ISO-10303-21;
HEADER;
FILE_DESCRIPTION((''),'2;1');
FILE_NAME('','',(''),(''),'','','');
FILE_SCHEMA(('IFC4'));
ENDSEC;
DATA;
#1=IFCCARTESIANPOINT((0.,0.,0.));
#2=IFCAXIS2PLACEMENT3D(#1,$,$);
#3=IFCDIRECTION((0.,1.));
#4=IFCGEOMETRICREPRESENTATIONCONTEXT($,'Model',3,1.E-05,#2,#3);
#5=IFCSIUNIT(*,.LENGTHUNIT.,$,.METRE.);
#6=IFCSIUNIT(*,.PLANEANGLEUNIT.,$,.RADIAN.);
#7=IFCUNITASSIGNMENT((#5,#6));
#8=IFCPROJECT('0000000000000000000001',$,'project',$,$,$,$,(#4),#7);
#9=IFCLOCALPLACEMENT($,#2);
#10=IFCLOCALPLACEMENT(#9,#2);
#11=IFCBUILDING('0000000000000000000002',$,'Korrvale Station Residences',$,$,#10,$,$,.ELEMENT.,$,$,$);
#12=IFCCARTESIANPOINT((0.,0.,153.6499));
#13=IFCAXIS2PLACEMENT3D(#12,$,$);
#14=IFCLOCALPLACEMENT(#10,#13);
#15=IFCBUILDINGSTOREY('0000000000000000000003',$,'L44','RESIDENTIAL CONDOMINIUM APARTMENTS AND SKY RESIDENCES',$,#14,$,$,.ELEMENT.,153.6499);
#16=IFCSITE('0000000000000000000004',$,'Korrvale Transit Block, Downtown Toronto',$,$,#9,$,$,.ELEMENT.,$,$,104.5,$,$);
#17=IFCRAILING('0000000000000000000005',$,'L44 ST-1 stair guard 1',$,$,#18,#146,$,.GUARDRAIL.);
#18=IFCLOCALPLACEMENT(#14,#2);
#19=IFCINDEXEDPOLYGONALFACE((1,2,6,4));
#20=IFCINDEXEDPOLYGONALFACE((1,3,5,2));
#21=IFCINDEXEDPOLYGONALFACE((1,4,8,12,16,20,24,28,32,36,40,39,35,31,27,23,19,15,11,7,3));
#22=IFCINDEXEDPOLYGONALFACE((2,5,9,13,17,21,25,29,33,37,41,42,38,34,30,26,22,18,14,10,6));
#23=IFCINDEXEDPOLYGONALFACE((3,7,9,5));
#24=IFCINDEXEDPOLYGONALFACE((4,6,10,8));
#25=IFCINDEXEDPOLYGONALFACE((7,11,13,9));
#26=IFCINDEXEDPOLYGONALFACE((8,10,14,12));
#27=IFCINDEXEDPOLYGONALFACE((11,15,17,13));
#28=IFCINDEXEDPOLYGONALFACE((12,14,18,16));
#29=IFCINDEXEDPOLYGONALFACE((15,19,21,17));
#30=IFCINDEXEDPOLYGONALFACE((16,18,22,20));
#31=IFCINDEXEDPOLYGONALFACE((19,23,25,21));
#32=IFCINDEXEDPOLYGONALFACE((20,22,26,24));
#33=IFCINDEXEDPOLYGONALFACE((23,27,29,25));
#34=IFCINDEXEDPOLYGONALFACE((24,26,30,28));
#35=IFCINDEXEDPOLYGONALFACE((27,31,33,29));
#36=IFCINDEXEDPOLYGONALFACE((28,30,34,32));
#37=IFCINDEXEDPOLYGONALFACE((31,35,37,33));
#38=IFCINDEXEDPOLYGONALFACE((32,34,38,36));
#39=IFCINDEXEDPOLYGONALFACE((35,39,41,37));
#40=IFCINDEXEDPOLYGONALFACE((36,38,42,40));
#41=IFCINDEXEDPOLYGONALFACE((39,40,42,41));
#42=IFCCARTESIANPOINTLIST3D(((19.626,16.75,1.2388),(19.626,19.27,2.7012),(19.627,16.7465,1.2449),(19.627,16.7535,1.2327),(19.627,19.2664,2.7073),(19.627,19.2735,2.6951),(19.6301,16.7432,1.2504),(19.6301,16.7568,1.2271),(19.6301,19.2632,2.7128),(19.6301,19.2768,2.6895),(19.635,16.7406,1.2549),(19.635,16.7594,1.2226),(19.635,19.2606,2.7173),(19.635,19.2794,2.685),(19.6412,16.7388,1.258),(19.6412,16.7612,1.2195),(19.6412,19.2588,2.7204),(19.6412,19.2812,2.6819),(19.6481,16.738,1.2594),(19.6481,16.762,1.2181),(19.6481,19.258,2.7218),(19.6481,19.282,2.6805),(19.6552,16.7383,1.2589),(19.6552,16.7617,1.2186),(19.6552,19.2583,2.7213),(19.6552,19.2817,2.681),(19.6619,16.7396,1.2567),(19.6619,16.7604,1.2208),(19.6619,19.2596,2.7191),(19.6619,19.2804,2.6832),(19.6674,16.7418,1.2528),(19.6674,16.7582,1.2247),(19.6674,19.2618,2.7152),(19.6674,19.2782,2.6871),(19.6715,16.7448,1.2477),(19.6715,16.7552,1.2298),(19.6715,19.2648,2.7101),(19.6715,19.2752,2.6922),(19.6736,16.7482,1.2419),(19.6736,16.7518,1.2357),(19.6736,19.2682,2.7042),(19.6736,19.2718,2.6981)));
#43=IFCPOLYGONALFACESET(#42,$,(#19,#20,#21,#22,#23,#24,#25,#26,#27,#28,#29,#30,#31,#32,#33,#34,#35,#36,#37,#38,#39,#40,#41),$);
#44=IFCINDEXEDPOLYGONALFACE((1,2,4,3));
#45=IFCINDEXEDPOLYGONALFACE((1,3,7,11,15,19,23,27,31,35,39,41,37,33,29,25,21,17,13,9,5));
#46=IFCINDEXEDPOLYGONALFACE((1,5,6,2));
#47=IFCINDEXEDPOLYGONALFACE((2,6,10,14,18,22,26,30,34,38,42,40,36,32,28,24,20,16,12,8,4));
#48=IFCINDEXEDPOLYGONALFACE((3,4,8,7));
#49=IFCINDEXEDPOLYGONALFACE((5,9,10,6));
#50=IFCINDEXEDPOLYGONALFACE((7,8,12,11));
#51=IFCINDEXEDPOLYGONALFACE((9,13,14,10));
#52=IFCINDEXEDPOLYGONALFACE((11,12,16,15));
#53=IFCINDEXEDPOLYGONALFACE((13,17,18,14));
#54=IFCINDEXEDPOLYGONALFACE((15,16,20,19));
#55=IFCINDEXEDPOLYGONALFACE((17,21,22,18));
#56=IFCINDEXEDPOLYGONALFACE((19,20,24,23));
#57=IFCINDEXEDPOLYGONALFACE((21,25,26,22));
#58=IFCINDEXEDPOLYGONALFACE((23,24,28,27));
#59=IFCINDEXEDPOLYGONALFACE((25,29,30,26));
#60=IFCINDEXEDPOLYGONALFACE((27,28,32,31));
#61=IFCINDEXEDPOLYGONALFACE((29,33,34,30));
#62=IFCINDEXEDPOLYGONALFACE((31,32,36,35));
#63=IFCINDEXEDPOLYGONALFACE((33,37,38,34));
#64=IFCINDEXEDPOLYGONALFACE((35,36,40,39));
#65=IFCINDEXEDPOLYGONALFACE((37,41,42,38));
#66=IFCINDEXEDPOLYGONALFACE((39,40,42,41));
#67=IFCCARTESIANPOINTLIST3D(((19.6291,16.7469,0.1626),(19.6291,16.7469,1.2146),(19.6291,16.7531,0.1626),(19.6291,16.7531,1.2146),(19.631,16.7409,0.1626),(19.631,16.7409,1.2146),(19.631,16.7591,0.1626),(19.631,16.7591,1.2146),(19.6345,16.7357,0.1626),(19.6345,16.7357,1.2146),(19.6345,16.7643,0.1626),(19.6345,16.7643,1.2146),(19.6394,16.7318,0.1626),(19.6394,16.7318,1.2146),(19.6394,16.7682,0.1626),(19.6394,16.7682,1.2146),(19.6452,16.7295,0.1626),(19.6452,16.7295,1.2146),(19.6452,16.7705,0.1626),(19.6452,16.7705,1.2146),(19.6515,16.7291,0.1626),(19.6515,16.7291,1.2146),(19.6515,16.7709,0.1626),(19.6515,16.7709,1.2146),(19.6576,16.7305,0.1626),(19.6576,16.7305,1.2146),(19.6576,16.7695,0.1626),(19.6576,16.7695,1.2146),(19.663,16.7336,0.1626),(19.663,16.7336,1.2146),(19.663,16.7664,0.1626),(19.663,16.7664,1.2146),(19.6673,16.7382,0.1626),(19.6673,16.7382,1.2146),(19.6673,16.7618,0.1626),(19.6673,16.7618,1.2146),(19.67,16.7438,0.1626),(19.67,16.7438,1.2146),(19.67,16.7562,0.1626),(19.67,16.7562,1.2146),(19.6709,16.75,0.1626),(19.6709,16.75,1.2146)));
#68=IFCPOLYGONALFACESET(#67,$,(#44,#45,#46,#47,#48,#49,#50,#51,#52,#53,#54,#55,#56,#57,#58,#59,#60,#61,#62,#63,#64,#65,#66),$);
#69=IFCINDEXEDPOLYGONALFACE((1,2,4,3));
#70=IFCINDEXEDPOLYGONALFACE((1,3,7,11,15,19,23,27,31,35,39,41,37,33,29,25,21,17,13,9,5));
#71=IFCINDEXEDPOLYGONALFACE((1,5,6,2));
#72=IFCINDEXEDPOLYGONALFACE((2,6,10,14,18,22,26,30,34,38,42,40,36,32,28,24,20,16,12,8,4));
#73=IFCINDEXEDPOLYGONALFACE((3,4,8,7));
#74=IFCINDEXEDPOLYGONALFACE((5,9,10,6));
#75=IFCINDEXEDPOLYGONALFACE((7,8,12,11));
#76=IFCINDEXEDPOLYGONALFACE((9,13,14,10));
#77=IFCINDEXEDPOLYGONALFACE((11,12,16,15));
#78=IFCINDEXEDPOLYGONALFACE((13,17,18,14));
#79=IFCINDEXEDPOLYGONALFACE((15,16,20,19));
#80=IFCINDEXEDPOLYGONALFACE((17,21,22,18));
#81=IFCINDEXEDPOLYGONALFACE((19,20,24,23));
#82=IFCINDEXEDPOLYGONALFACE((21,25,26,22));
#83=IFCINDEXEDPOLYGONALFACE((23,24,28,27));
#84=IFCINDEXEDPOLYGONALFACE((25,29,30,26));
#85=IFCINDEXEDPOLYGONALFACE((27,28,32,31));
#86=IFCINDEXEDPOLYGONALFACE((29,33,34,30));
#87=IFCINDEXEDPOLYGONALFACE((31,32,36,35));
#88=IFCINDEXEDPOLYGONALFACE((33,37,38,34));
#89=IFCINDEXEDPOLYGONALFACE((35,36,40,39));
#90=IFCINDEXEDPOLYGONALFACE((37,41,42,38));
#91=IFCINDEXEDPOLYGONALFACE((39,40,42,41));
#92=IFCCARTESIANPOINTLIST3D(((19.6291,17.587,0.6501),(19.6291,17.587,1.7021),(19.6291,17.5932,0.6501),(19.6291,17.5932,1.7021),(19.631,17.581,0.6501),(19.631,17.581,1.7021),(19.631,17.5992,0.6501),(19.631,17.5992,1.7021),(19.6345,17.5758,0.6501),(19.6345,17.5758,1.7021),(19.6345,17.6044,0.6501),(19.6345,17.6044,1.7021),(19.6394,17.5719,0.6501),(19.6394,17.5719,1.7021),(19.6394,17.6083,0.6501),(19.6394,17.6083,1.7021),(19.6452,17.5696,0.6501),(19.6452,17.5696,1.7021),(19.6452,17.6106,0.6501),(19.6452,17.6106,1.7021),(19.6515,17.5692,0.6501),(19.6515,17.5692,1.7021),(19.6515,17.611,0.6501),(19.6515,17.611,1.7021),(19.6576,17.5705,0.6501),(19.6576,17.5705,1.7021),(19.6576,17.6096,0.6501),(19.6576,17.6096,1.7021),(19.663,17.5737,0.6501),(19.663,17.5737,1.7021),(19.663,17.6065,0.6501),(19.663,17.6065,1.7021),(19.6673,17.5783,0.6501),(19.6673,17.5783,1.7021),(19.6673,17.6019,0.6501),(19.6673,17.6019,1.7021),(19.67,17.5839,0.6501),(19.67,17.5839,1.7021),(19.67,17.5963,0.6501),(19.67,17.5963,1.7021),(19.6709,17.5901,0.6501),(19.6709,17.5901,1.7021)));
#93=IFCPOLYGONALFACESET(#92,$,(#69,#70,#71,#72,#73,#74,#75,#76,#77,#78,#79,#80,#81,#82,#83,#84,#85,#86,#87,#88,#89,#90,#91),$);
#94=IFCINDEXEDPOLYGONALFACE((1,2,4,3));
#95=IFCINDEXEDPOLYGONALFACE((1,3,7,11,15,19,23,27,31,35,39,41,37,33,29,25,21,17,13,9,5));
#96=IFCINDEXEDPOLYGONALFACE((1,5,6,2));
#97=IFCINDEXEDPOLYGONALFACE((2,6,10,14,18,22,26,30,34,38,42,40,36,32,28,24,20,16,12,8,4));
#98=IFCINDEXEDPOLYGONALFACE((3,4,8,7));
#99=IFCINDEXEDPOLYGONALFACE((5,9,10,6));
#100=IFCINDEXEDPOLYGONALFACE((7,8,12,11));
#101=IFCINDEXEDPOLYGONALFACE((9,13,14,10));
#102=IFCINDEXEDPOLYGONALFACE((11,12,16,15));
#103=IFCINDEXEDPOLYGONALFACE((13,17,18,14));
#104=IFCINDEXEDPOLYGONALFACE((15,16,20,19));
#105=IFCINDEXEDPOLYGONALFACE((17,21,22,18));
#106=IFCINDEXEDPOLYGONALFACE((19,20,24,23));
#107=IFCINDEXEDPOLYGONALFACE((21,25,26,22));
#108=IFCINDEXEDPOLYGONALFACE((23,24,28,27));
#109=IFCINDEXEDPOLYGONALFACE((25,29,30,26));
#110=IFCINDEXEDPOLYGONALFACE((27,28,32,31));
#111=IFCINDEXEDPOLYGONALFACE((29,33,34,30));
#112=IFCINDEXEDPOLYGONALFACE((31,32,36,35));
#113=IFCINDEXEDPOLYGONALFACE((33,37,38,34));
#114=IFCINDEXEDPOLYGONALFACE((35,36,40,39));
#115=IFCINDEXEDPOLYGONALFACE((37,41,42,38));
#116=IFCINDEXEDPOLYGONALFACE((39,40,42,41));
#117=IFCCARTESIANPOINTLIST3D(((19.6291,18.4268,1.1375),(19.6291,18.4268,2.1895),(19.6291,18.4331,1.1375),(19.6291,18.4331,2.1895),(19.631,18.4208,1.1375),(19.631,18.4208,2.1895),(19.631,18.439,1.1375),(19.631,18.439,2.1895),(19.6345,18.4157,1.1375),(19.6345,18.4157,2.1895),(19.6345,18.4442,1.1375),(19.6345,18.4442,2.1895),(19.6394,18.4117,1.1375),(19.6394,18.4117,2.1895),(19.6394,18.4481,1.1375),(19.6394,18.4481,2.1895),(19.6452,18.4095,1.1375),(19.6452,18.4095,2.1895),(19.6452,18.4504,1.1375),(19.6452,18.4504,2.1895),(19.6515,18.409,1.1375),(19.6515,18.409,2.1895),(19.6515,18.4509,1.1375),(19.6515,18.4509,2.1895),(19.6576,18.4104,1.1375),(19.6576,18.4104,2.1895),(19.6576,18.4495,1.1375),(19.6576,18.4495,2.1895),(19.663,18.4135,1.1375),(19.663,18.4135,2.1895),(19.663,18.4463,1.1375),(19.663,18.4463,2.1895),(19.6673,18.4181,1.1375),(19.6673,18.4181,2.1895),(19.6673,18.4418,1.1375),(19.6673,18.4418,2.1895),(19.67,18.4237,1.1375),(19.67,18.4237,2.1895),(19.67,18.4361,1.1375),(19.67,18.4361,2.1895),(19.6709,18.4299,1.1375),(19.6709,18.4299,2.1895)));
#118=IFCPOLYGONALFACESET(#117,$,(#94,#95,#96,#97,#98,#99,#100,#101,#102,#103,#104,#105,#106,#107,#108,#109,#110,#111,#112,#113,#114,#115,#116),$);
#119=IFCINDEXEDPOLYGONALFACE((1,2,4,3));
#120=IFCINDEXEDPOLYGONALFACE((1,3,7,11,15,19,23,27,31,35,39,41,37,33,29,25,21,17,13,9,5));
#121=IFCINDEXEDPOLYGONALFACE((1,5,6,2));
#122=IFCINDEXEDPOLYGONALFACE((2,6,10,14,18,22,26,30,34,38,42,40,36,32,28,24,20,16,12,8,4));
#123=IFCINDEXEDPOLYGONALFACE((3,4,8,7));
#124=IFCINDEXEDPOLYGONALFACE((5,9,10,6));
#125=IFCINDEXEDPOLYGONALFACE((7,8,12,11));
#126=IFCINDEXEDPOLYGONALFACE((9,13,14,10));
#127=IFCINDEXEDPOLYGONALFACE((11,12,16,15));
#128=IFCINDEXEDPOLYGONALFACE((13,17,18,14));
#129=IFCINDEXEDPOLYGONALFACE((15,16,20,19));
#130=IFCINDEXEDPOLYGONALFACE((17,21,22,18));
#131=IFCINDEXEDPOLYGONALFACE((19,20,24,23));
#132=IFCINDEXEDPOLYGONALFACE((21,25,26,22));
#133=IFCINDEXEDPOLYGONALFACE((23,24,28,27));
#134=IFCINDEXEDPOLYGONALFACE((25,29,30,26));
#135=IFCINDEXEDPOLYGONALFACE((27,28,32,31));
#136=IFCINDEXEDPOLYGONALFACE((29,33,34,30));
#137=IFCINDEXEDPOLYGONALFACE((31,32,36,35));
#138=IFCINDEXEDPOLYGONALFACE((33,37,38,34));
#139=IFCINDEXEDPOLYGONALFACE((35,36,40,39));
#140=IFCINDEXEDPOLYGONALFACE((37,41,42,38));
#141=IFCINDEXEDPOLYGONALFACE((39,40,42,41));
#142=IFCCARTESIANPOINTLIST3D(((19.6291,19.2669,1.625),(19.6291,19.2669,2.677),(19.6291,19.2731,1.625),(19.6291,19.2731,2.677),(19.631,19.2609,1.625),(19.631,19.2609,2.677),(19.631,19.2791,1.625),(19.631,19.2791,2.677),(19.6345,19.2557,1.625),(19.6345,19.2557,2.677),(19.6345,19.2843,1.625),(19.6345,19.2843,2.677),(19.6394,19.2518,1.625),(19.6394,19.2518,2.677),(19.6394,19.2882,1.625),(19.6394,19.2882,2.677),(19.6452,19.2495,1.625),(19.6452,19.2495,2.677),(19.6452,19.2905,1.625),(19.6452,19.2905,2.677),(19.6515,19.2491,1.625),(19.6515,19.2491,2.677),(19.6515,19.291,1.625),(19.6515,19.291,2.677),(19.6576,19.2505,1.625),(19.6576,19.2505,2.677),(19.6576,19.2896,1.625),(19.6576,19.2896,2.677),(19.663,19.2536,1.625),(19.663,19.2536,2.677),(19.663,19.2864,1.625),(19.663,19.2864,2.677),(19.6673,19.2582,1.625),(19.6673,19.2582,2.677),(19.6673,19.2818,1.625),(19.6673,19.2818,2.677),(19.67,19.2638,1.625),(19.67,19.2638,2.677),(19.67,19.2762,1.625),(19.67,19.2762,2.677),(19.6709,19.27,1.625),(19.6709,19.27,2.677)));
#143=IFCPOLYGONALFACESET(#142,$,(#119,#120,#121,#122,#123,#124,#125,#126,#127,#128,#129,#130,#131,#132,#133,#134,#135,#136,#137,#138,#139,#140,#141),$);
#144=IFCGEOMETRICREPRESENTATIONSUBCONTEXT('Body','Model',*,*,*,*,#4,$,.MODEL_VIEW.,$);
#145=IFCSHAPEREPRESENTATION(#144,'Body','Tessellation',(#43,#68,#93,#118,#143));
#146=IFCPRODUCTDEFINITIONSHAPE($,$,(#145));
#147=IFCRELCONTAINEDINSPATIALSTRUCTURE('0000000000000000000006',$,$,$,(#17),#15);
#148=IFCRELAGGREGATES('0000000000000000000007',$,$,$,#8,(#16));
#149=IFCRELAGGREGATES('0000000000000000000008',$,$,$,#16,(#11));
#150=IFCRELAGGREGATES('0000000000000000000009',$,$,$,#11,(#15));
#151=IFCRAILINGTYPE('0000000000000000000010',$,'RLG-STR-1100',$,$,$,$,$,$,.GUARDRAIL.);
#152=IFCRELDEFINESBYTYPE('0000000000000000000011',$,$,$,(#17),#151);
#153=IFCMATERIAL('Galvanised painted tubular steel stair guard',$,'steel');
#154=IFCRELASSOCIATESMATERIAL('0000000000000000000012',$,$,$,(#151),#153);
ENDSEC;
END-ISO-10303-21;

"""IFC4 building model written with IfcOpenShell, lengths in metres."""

from ifc_helpers import new_model, si_unit, direction, frame, origin, origin_2d, place, context, subcontext, project, spatial, circle, extrude, material, type_object, element, save


model = new_model("IFC4")

# Units and contexts
model_context = context("Model", 3, precision=1e-05, world=origin(), true_north=direction((0.0, 1.0)))
body_context = subcontext(model_context, "Body", "Model", "MODEL_VIEW")
ifc_project = project(units=[si_unit("LENGTHUNIT", "METRE"), si_unit("PLANEANGLEUNIT", "RADIAN")], contexts=[model_context])

# Site, building, storey
site_placement = place(None, origin())
site = spatial("IfcSite", under=ifc_project, at=site_placement, Name="Korrvale Transit Block, Downtown Toronto", CompositionType="ELEMENT", RefElevation=104.5)
building_placement = place(site_placement, origin())
building = spatial("IfcBuilding", under=site, at=building_placement, Name="Korrvale Station Residences", CompositionType="ELEMENT")
storey_placement = place(building_placement, frame((0.0, 0.0, 153.6499)))
storey = spatial("IfcBuildingStorey", under=building, at=storey_placement, Name="L44", Description="RESIDENTIAL CONDOMINIUM APARTMENTS AND SKY RESIDENCES", CompositionType="ELEMENT", Elevation=153.6499)

# Railing
ifc_material_1 = material(Name="Galvanised painted tubular steel stair guard", Category="steel")
railing_type_1 = type_object("IfcRailingType", Name="RLG-STR-1100", PredefinedType="GUARDRAIL", material=ifc_material_1)
railing_1_placement = place(storey_placement, frame((19.6499, 16.75, 0.1626)))
element("IfcRailing", 1, at=railing_1_placement, inside=storey, type_object=railing_type_1, Name="L44 ST-1 stair guard 1", PredefinedType="GUARDRAIL", context=body_context, shape_type="SweptSolid", body=[
    extrude(circle(Radius=0.0239, at=origin_2d()), frame((0.0, 0.0, 1.0762), z_axis=(0.0, 0.864913, 0.501921), x_axis=(-1.0, 0.0, 0.0)), (0.0, 0.0, 1.0), 2.9136),
    extrude(circle(Radius=0.021, at=origin_2d()), origin(), (0.0, 0.0, 1.0), 1.052),
    extrude(circle(Radius=0.021, at=origin_2d()), frame((0.0, 0.8401, 0.4875)), (0.0, 0.0, 1.0), 1.052),
    extrude(circle(Radius=0.021, at=origin_2d()), frame((0.0, 1.6799, 0.9749)), (0.0, 0.0, 1.0), 1.052),
    extrude(circle(Radius=0.021, at=origin_2d()), frame((0.0, 2.52, 1.4624)), (0.0, 0.0, 1.0), 1.052),
])

save(model, "model.ifc")
